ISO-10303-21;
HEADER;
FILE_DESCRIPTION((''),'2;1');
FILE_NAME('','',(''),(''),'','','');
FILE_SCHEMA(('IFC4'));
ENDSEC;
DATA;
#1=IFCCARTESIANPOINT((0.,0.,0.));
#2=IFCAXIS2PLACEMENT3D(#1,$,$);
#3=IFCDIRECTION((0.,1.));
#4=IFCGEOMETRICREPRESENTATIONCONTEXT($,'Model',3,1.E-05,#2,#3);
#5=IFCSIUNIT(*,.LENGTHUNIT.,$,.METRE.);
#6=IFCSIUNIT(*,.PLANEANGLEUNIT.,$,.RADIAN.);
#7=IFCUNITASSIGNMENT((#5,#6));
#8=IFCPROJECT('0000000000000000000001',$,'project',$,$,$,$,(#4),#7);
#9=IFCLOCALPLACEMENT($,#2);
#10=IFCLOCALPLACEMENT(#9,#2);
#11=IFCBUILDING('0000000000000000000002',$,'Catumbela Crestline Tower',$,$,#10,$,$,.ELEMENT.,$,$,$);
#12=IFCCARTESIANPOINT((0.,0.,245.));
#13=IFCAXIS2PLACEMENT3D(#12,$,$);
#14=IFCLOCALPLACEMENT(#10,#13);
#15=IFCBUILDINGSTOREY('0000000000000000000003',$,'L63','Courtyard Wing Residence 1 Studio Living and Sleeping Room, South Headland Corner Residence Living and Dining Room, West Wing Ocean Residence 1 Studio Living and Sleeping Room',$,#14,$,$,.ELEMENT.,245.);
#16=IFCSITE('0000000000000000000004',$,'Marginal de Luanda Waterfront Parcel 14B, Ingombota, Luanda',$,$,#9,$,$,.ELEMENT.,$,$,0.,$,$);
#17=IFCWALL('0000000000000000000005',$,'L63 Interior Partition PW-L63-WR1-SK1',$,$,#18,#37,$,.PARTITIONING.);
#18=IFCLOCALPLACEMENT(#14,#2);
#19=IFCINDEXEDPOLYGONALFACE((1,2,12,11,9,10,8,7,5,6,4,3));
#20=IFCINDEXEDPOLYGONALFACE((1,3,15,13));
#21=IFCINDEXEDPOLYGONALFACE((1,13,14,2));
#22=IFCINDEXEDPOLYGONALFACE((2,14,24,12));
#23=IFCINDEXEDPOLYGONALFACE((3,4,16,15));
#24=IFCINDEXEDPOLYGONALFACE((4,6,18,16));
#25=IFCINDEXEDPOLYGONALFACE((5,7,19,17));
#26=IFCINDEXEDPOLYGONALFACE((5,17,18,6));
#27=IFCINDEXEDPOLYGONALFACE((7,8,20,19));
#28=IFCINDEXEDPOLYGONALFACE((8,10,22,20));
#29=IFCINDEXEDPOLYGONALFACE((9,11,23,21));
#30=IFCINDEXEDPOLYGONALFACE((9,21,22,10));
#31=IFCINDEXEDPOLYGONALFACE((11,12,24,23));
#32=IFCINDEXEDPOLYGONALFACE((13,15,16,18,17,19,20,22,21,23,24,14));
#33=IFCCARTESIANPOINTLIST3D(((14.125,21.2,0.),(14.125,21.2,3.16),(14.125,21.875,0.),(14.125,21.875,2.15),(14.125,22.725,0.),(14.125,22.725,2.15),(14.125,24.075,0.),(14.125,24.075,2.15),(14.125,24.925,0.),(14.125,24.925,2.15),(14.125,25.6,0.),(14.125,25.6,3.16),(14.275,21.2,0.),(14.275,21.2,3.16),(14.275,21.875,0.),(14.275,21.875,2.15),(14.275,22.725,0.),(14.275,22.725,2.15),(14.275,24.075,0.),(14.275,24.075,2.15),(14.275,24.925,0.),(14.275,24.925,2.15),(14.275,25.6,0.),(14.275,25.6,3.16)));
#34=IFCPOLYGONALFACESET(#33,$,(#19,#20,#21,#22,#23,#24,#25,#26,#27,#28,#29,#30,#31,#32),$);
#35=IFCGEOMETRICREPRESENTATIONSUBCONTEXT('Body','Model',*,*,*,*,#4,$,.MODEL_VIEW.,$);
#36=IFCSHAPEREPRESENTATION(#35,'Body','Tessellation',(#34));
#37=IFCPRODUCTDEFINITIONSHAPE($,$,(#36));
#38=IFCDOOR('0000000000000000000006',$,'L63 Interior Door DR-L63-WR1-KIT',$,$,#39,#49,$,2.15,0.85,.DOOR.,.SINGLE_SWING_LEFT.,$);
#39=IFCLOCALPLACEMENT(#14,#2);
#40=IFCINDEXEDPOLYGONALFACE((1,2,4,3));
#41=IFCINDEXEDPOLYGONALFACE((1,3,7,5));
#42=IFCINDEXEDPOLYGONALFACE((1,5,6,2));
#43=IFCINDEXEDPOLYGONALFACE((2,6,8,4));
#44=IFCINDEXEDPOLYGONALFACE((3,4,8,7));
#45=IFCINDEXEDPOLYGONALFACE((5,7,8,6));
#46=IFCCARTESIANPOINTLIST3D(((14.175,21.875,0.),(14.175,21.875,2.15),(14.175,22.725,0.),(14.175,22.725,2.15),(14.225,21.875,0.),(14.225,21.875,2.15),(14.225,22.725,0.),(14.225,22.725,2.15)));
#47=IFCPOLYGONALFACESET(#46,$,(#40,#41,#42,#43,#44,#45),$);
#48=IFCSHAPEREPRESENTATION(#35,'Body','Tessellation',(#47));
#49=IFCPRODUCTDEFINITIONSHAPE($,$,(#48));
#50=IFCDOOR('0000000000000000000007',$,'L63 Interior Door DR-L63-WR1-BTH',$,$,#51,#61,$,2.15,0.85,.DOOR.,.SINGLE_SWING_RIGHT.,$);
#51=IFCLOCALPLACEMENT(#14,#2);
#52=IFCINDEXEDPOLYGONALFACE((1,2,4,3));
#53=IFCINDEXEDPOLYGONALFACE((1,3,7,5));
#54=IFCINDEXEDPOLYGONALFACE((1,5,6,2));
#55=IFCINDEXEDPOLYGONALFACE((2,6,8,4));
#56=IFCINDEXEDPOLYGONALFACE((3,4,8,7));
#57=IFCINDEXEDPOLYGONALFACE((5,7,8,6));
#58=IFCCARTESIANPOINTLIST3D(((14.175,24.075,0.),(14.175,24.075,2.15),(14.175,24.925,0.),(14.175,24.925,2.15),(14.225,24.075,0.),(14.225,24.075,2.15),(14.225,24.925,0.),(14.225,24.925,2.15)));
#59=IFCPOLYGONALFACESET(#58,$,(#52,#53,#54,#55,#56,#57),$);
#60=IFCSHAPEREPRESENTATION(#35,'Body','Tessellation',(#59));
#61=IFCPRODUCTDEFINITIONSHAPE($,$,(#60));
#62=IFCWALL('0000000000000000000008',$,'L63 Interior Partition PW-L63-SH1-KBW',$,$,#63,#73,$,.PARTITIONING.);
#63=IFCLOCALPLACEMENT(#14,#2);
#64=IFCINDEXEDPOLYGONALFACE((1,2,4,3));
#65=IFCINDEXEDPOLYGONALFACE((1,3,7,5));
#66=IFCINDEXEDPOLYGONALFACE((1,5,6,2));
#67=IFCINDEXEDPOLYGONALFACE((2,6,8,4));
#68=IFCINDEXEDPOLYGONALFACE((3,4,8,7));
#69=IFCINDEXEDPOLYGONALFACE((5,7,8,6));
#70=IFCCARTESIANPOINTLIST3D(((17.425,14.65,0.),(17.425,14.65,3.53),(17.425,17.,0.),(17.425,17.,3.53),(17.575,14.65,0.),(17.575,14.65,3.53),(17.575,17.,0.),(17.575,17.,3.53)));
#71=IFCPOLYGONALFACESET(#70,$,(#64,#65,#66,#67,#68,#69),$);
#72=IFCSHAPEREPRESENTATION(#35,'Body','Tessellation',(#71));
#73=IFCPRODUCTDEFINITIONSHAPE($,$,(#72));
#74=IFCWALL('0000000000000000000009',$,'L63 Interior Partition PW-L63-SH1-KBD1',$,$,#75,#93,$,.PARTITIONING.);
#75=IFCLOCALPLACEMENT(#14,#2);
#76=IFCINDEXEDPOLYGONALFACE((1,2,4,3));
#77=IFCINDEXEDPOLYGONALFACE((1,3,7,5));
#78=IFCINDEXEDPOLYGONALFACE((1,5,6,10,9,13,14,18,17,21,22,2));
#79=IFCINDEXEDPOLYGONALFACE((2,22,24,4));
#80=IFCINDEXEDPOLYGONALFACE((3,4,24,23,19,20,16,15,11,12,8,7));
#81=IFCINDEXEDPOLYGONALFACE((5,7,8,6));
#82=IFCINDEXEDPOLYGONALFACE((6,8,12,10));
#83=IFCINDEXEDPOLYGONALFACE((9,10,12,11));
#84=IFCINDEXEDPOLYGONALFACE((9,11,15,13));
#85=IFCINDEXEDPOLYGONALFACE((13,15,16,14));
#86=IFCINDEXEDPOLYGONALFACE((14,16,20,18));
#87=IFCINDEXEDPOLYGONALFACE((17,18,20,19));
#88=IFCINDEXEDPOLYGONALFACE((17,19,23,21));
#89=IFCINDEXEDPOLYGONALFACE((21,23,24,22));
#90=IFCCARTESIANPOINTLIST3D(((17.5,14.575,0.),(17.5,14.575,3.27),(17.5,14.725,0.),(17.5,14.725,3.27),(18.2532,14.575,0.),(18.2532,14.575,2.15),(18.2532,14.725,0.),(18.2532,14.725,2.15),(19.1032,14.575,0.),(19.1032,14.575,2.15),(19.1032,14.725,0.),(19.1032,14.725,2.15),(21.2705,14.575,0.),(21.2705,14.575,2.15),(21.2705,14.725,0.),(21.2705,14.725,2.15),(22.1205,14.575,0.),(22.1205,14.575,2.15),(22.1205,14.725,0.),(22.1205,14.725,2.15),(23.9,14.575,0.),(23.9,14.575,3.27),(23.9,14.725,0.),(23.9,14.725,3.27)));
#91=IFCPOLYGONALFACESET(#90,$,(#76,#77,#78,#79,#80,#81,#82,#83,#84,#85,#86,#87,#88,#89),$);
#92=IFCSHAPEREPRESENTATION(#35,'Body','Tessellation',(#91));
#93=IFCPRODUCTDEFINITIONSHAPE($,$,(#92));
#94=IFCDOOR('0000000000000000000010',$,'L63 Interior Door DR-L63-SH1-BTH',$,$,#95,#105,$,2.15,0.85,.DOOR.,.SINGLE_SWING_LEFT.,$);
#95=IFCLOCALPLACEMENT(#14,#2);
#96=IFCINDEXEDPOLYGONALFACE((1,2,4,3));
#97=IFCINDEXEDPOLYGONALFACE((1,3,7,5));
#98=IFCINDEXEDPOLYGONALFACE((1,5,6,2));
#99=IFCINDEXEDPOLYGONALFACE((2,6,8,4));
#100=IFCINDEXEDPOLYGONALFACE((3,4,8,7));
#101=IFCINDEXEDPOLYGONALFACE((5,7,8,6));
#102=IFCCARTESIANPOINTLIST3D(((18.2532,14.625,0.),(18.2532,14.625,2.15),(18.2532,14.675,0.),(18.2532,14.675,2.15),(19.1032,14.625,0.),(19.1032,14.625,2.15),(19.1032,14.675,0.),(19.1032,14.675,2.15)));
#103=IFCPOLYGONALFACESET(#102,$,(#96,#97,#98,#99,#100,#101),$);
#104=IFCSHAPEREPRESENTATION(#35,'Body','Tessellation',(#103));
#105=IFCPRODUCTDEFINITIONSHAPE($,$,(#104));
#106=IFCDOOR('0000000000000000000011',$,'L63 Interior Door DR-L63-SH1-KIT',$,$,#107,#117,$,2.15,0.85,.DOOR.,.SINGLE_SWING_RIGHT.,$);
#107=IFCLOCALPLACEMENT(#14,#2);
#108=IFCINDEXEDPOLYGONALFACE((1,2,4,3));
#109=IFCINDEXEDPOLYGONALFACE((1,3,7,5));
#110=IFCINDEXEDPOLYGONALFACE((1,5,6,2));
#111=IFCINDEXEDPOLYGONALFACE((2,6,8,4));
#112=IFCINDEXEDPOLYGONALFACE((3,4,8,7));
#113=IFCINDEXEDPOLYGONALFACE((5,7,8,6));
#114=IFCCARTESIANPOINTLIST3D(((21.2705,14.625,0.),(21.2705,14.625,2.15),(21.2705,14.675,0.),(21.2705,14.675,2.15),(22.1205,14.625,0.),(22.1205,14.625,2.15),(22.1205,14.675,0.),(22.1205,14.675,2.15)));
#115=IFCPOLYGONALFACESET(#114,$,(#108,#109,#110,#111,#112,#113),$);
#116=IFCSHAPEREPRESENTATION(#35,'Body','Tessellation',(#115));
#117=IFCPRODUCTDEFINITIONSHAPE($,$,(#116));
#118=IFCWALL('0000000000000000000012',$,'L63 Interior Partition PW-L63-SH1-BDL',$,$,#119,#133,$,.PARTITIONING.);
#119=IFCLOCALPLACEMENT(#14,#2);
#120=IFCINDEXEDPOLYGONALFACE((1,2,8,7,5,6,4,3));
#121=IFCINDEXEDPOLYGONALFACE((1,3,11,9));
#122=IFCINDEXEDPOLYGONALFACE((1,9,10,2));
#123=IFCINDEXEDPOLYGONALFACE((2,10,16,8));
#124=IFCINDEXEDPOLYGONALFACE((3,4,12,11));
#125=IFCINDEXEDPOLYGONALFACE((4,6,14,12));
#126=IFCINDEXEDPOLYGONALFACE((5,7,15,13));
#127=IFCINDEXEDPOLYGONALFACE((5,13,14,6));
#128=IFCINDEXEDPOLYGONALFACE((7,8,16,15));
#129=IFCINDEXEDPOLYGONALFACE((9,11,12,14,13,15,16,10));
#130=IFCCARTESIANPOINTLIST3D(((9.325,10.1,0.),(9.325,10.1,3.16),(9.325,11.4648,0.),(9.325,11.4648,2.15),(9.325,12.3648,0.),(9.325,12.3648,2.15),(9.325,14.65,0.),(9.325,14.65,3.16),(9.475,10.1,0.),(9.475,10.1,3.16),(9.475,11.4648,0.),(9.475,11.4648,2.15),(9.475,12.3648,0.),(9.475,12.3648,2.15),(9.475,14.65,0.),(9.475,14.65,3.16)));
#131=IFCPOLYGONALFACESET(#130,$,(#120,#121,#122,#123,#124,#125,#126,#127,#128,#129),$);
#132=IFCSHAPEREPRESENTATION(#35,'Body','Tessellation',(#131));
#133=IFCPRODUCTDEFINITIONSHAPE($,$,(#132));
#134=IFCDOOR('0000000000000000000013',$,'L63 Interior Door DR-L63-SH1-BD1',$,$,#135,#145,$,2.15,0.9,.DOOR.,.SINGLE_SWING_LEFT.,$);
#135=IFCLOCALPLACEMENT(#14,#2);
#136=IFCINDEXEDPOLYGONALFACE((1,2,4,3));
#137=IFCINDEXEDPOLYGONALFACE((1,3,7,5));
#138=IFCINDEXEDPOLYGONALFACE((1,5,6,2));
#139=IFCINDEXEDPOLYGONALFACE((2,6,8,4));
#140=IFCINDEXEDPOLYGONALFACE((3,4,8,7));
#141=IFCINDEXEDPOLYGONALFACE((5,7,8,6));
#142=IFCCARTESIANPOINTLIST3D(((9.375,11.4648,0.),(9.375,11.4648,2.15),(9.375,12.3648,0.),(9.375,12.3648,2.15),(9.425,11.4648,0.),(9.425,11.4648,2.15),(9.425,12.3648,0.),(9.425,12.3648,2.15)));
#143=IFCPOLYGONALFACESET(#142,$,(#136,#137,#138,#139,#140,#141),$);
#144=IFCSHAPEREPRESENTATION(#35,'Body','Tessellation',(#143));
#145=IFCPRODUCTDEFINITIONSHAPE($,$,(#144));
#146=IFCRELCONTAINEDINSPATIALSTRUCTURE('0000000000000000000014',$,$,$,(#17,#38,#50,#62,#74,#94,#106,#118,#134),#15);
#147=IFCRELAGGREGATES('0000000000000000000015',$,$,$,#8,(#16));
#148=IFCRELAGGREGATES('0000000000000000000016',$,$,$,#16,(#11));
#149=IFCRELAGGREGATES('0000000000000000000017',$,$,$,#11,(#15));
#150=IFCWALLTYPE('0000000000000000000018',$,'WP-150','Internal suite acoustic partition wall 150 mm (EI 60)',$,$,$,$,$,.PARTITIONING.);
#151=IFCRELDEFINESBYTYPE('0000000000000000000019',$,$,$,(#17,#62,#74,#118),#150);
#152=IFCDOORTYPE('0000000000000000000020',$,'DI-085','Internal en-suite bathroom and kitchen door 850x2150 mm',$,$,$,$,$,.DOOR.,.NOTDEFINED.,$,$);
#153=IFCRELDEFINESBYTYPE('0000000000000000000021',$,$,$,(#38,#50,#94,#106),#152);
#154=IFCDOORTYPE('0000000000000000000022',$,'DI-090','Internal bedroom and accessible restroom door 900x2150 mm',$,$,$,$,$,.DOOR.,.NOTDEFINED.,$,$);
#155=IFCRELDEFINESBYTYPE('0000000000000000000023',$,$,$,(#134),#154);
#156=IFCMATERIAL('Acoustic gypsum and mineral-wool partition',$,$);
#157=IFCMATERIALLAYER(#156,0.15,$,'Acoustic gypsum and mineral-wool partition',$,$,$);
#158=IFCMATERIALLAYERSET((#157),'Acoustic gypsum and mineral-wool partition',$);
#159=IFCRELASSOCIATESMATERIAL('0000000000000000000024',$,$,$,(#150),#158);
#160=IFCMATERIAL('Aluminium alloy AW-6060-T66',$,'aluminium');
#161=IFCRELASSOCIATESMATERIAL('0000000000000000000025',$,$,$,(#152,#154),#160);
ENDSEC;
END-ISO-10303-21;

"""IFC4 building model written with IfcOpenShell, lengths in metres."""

from ifc_helpers import new_model, si_unit, direction, frame, frame_2d, origin, place, context, subcontext, project, spatial, rectangle, extrude, material, layer, layer_set, type_object, element, fill, save


model = new_model("IFC4")

# Units and contexts
model_context = context("Model", 3, precision=1e-05, world=origin(), true_north=direction((0.0, 1.0)))
body_context = subcontext(model_context, "Body", "Model", "MODEL_VIEW")
ifc_project = project(units=[si_unit("LENGTHUNIT", "METRE"), si_unit("PLANEANGLEUNIT", "RADIAN")], contexts=[model_context])

# Site, building, storey
site_placement = place(None, origin())
site = spatial("IfcSite", under=ifc_project, at=site_placement, Name="Marginal de Luanda Waterfront Parcel 14B, Ingombota, Luanda", CompositionType="ELEMENT", RefElevation=0.0)
building_placement = place(site_placement, origin())
building = spatial("IfcBuilding", under=site, at=building_placement, Name="Catumbela Crestline Tower", CompositionType="ELEMENT")
storey_placement = place(building_placement, frame((0.0, 0.0, 245.0)))
storey = spatial("IfcBuildingStorey", under=building, at=storey_placement, Name="L63", Description="Courtyard Wing Residence 1 Studio Living and Sleeping Room, South Headland Corner Residence Living and Dining Room, West Wing Ocean Residence 1 Studio Living and Sleeping Room", CompositionType="ELEMENT", Elevation=245.0)

# Shared definitions
ifc_material_1 = material(Name="Aluminium alloy AW-6060-T66", Category="aluminium")

# Shared definitions
ifc_material_2 = material(Name="Acoustic gypsum and mineral-wool partition")

# Shared definitions
ifc_layer_1 = layer(ifc_material_2, 0.15, Name="Acoustic gypsum and mineral-wool partition")
ifc_layer_set_1 = layer_set([ifc_layer_1], Name="Acoustic gypsum and mineral-wool partition")
wall_type_1 = type_object("IfcWallType", Name="WP-150", Description="Internal suite acoustic partition wall 150 mm (EI 60)", PredefinedType="PARTITIONING", material=ifc_layer_set_1)

# Wall, openings, doors
wall_1_placement = place(storey_placement, frame((14.2, 21.2, 0.0), z_axis=(0.0, 0.0, 1.0), x_axis=(0.0, 1.0, 0.0)))
wall_1 = element("IfcWall", 1, at=wall_1_placement, inside=storey, type_object=wall_type_1, Name="L63 Interior Partition PW-L63-WR1-SK1", PredefinedType="PARTITIONING", context=body_context, shape_type="SweptSolid", body=[
    extrude(rectangle(XDim=4.4, YDim=0.15, at=frame_2d((2.2, 0.0))), origin(), (0.0, 0.0, 1.0), 3.16),
])
opening_1_placement = place(wall_1_placement, frame((0.675, 0.0, 0.0)))
opening_1 = element("IfcOpeningElement", 2, at=opening_1_placement, cuts=wall_1, PredefinedType="OPENING", context=body_context, shape_type="SweptSolid", body=[
    extrude(rectangle(XDim=0.85, YDim=2.15, at=frame_2d((0.425, 1.075))), frame((0.0, 0.085, 0.0), z_axis=(0.0, -1.0, 0.0), x_axis=(1.0, 0.0, 0.0)), (0.0, 0.0, 1.0), 0.17),
])
opening_2_placement = place(wall_1_placement, frame((2.875, 0.0, 0.0)))
opening_2 = element("IfcOpeningElement", 3, at=opening_2_placement, cuts=wall_1, PredefinedType="OPENING", context=body_context, shape_type="SweptSolid", body=[
    extrude(rectangle(XDim=0.85, YDim=2.15, at=frame_2d((0.425, 1.075))), frame((0.0, 0.085, 0.0), z_axis=(0.0, -1.0, 0.0), x_axis=(1.0, 0.0, 0.0)), (0.0, 0.0, 1.0), 0.17),
])
door_type_1 = type_object("IfcDoorType", Name="DI-085", Description="Internal en-suite bathroom and kitchen door 850x2150 mm", OperationType="NOTDEFINED", PredefinedType="DOOR", material=ifc_material_1)
door_1_placement = place(opening_1_placement, origin())
door_1 = element("IfcDoor", 4, at=door_1_placement, inside=storey, type_object=door_type_1, Name="L63 Interior Door DR-L63-WR1-KIT", OperationType="SINGLE_SWING_LEFT", OverallHeight=2.15, OverallWidth=0.85, PredefinedType="DOOR", context=body_context, shape_type="SweptSolid", body=[
    extrude(rectangle(XDim=0.85, YDim=2.15, at=frame_2d((0.425, 1.075))), frame((0.0, 0.025, 0.0), z_axis=(0.0, -1.0, 0.0), x_axis=(1.0, 0.0, 0.0)), (0.0, 0.0, 1.0), 0.05),
])
fill(opening_1, door_1)
door_2_placement = place(opening_2_placement, origin())
door_2 = element("IfcDoor", 5, at=door_2_placement, inside=storey, type_object=door_type_1, Name="L63 Interior Door DR-L63-WR1-BTH", OperationType="SINGLE_SWING_RIGHT", OverallHeight=2.15, OverallWidth=0.85, PredefinedType="DOOR", context=body_context, shape_type="SweptSolid", body=[
    extrude(rectangle(XDim=0.85, YDim=2.15, at=frame_2d((0.425, 1.075))), frame((0.0, 0.025, 0.0), z_axis=(0.0, -1.0, 0.0), x_axis=(1.0, 0.0, 0.0)), (0.0, 0.0, 1.0), 0.05),
])
fill(opening_2, door_2)

# Wall
wall_2_placement = place(storey_placement, frame((17.5, 14.65, 0.0), z_axis=(0.0, 0.0, 1.0), x_axis=(0.0, 1.0, 0.0)))
element("IfcWall", 6, at=wall_2_placement, inside=storey, type_object=wall_type_1, Name="L63 Interior Partition PW-L63-SH1-KBW", PredefinedType="PARTITIONING", context=body_context, shape_type="SweptSolid", body=[
    extrude(rectangle(XDim=2.35, YDim=0.15, at=frame_2d((1.175, 0.0))), origin(), (0.0, 0.0, 1.0), 3.53),
])

# Wall, openings, doors
wall_3_placement = place(storey_placement, frame((17.5, 14.65, 0.0), z_axis=(0.0, 0.0, 1.0), x_axis=(1.0, 0.0, 0.0)))
wall_3 = element("IfcWall", 7, at=wall_3_placement, inside=storey, type_object=wall_type_1, Name="L63 Interior Partition PW-L63-SH1-KBD1", PredefinedType="PARTITIONING", context=body_context, shape_type="SweptSolid", body=[
    extrude(rectangle(XDim=6.4, YDim=0.15, at=frame_2d((3.2, 0.0))), origin(), (0.0, 0.0, 1.0), 3.27),
])
opening_3_placement = place(wall_3_placement, frame((0.7532, 0.0, 0.0)))
opening_3 = element("IfcOpeningElement", 8, at=opening_3_placement, cuts=wall_3, PredefinedType="OPENING", context=body_context, shape_type="SweptSolid", body=[
    extrude(rectangle(XDim=0.85, YDim=2.15, at=frame_2d((0.425, 1.075))), frame((0.0, 0.085, 0.0), z_axis=(0.0, -1.0, 0.0), x_axis=(1.0, 0.0, 0.0)), (0.0, 0.0, 1.0), 0.17),
])
opening_4_placement = place(wall_3_placement, frame((3.7705, 0.0, 0.0)))
opening_4 = element("IfcOpeningElement", 9, at=opening_4_placement, cuts=wall_3, PredefinedType="OPENING", context=body_context, shape_type="SweptSolid", body=[
    extrude(rectangle(XDim=0.85, YDim=2.15, at=frame_2d((0.425, 1.075))), frame((0.0, 0.085, 0.0), z_axis=(0.0, -1.0, 0.0), x_axis=(1.0, 0.0, 0.0)), (0.0, 0.0, 1.0), 0.17),
])
door_3_placement = place(opening_3_placement, origin())
door_3 = element("IfcDoor", 10, at=door_3_placement, inside=storey, type_object=door_type_1, Name="L63 Interior Door DR-L63-SH1-BTH", OperationType="SINGLE_SWING_LEFT", OverallHeight=2.15, OverallWidth=0.85, PredefinedType="DOOR", context=body_context, shape_type="SweptSolid", body=[
    extrude(rectangle(XDim=0.85, YDim=2.15, at=frame_2d((0.425, 1.075))), frame((0.0, 0.025, 0.0), z_axis=(0.0, -1.0, 0.0), x_axis=(1.0, 0.0, 0.0)), (0.0, 0.0, 1.0), 0.05),
])
fill(opening_3, door_3)
door_4_placement = place(opening_4_placement, origin())
door_4 = element("IfcDoor", 11, at=door_4_placement, inside=storey, type_object=door_type_1, Name="L63 Interior Door DR-L63-SH1-KIT", OperationType="SINGLE_SWING_RIGHT", OverallHeight=2.15, OverallWidth=0.85, PredefinedType="DOOR", context=body_context, shape_type="SweptSolid", body=[
    extrude(rectangle(XDim=0.85, YDim=2.15, at=frame_2d((0.425, 1.075))), frame((0.0, 0.025, 0.0), z_axis=(0.0, -1.0, 0.0), x_axis=(1.0, 0.0, 0.0)), (0.0, 0.0, 1.0), 0.05),
])
fill(opening_4, door_4)

# Wall, opening, door
wall_4_placement = place(storey_placement, frame((9.4, 10.1, 0.0), z_axis=(0.0, 0.0, 1.0), x_axis=(0.0, 1.0, 0.0)))
wall_4 = element("IfcWall", 12, at=wall_4_placement, inside=storey, type_object=wall_type_1, Name="L63 Interior Partition PW-L63-SH1-BDL", PredefinedType="PARTITIONING", context=body_context, shape_type="SweptSolid", body=[
    extrude(rectangle(XDim=4.55, YDim=0.15, at=frame_2d((2.275, 0.0))), origin(), (0.0, 0.0, 1.0), 3.16),
])
opening_5_placement = place(wall_4_placement, frame((1.3648, 0.0, 0.0)))
opening_5 = element("IfcOpeningElement", 13, at=opening_5_placement, cuts=wall_4, PredefinedType="OPENING", context=body_context, shape_type="SweptSolid", body=[
    extrude(rectangle(XDim=0.9, YDim=2.15, at=frame_2d((0.45, 1.075))), frame((0.0, 0.085, 0.0), z_axis=(0.0, -1.0, 0.0), x_axis=(1.0, 0.0, 0.0)), (0.0, 0.0, 1.0), 0.17),
])
door_type_2 = type_object("IfcDoorType", Name="DI-090", Description="Internal bedroom and accessible restroom door 900x2150 mm", OperationType="NOTDEFINED", PredefinedType="DOOR", material=ifc_material_1)
door_5_placement = place(opening_5_placement, origin())
door_5 = element("IfcDoor", 14, at=door_5_placement, inside=storey, type_object=door_type_2, Name="L63 Interior Door DR-L63-SH1-BD1", OperationType="SINGLE_SWING_LEFT", OverallHeight=2.15, OverallWidth=0.9, PredefinedType="DOOR", context=body_context, shape_type="SweptSolid", body=[
    extrude(rectangle(XDim=0.9, YDim=2.15, at=frame_2d((0.45, 1.075))), frame((0.0, 0.025, 0.0), z_axis=(0.0, -1.0, 0.0), x_axis=(1.0, 0.0, 0.0)), (0.0, 0.0, 1.0), 0.05),
])
fill(opening_5, door_5)

save(model, "model.ifc")
